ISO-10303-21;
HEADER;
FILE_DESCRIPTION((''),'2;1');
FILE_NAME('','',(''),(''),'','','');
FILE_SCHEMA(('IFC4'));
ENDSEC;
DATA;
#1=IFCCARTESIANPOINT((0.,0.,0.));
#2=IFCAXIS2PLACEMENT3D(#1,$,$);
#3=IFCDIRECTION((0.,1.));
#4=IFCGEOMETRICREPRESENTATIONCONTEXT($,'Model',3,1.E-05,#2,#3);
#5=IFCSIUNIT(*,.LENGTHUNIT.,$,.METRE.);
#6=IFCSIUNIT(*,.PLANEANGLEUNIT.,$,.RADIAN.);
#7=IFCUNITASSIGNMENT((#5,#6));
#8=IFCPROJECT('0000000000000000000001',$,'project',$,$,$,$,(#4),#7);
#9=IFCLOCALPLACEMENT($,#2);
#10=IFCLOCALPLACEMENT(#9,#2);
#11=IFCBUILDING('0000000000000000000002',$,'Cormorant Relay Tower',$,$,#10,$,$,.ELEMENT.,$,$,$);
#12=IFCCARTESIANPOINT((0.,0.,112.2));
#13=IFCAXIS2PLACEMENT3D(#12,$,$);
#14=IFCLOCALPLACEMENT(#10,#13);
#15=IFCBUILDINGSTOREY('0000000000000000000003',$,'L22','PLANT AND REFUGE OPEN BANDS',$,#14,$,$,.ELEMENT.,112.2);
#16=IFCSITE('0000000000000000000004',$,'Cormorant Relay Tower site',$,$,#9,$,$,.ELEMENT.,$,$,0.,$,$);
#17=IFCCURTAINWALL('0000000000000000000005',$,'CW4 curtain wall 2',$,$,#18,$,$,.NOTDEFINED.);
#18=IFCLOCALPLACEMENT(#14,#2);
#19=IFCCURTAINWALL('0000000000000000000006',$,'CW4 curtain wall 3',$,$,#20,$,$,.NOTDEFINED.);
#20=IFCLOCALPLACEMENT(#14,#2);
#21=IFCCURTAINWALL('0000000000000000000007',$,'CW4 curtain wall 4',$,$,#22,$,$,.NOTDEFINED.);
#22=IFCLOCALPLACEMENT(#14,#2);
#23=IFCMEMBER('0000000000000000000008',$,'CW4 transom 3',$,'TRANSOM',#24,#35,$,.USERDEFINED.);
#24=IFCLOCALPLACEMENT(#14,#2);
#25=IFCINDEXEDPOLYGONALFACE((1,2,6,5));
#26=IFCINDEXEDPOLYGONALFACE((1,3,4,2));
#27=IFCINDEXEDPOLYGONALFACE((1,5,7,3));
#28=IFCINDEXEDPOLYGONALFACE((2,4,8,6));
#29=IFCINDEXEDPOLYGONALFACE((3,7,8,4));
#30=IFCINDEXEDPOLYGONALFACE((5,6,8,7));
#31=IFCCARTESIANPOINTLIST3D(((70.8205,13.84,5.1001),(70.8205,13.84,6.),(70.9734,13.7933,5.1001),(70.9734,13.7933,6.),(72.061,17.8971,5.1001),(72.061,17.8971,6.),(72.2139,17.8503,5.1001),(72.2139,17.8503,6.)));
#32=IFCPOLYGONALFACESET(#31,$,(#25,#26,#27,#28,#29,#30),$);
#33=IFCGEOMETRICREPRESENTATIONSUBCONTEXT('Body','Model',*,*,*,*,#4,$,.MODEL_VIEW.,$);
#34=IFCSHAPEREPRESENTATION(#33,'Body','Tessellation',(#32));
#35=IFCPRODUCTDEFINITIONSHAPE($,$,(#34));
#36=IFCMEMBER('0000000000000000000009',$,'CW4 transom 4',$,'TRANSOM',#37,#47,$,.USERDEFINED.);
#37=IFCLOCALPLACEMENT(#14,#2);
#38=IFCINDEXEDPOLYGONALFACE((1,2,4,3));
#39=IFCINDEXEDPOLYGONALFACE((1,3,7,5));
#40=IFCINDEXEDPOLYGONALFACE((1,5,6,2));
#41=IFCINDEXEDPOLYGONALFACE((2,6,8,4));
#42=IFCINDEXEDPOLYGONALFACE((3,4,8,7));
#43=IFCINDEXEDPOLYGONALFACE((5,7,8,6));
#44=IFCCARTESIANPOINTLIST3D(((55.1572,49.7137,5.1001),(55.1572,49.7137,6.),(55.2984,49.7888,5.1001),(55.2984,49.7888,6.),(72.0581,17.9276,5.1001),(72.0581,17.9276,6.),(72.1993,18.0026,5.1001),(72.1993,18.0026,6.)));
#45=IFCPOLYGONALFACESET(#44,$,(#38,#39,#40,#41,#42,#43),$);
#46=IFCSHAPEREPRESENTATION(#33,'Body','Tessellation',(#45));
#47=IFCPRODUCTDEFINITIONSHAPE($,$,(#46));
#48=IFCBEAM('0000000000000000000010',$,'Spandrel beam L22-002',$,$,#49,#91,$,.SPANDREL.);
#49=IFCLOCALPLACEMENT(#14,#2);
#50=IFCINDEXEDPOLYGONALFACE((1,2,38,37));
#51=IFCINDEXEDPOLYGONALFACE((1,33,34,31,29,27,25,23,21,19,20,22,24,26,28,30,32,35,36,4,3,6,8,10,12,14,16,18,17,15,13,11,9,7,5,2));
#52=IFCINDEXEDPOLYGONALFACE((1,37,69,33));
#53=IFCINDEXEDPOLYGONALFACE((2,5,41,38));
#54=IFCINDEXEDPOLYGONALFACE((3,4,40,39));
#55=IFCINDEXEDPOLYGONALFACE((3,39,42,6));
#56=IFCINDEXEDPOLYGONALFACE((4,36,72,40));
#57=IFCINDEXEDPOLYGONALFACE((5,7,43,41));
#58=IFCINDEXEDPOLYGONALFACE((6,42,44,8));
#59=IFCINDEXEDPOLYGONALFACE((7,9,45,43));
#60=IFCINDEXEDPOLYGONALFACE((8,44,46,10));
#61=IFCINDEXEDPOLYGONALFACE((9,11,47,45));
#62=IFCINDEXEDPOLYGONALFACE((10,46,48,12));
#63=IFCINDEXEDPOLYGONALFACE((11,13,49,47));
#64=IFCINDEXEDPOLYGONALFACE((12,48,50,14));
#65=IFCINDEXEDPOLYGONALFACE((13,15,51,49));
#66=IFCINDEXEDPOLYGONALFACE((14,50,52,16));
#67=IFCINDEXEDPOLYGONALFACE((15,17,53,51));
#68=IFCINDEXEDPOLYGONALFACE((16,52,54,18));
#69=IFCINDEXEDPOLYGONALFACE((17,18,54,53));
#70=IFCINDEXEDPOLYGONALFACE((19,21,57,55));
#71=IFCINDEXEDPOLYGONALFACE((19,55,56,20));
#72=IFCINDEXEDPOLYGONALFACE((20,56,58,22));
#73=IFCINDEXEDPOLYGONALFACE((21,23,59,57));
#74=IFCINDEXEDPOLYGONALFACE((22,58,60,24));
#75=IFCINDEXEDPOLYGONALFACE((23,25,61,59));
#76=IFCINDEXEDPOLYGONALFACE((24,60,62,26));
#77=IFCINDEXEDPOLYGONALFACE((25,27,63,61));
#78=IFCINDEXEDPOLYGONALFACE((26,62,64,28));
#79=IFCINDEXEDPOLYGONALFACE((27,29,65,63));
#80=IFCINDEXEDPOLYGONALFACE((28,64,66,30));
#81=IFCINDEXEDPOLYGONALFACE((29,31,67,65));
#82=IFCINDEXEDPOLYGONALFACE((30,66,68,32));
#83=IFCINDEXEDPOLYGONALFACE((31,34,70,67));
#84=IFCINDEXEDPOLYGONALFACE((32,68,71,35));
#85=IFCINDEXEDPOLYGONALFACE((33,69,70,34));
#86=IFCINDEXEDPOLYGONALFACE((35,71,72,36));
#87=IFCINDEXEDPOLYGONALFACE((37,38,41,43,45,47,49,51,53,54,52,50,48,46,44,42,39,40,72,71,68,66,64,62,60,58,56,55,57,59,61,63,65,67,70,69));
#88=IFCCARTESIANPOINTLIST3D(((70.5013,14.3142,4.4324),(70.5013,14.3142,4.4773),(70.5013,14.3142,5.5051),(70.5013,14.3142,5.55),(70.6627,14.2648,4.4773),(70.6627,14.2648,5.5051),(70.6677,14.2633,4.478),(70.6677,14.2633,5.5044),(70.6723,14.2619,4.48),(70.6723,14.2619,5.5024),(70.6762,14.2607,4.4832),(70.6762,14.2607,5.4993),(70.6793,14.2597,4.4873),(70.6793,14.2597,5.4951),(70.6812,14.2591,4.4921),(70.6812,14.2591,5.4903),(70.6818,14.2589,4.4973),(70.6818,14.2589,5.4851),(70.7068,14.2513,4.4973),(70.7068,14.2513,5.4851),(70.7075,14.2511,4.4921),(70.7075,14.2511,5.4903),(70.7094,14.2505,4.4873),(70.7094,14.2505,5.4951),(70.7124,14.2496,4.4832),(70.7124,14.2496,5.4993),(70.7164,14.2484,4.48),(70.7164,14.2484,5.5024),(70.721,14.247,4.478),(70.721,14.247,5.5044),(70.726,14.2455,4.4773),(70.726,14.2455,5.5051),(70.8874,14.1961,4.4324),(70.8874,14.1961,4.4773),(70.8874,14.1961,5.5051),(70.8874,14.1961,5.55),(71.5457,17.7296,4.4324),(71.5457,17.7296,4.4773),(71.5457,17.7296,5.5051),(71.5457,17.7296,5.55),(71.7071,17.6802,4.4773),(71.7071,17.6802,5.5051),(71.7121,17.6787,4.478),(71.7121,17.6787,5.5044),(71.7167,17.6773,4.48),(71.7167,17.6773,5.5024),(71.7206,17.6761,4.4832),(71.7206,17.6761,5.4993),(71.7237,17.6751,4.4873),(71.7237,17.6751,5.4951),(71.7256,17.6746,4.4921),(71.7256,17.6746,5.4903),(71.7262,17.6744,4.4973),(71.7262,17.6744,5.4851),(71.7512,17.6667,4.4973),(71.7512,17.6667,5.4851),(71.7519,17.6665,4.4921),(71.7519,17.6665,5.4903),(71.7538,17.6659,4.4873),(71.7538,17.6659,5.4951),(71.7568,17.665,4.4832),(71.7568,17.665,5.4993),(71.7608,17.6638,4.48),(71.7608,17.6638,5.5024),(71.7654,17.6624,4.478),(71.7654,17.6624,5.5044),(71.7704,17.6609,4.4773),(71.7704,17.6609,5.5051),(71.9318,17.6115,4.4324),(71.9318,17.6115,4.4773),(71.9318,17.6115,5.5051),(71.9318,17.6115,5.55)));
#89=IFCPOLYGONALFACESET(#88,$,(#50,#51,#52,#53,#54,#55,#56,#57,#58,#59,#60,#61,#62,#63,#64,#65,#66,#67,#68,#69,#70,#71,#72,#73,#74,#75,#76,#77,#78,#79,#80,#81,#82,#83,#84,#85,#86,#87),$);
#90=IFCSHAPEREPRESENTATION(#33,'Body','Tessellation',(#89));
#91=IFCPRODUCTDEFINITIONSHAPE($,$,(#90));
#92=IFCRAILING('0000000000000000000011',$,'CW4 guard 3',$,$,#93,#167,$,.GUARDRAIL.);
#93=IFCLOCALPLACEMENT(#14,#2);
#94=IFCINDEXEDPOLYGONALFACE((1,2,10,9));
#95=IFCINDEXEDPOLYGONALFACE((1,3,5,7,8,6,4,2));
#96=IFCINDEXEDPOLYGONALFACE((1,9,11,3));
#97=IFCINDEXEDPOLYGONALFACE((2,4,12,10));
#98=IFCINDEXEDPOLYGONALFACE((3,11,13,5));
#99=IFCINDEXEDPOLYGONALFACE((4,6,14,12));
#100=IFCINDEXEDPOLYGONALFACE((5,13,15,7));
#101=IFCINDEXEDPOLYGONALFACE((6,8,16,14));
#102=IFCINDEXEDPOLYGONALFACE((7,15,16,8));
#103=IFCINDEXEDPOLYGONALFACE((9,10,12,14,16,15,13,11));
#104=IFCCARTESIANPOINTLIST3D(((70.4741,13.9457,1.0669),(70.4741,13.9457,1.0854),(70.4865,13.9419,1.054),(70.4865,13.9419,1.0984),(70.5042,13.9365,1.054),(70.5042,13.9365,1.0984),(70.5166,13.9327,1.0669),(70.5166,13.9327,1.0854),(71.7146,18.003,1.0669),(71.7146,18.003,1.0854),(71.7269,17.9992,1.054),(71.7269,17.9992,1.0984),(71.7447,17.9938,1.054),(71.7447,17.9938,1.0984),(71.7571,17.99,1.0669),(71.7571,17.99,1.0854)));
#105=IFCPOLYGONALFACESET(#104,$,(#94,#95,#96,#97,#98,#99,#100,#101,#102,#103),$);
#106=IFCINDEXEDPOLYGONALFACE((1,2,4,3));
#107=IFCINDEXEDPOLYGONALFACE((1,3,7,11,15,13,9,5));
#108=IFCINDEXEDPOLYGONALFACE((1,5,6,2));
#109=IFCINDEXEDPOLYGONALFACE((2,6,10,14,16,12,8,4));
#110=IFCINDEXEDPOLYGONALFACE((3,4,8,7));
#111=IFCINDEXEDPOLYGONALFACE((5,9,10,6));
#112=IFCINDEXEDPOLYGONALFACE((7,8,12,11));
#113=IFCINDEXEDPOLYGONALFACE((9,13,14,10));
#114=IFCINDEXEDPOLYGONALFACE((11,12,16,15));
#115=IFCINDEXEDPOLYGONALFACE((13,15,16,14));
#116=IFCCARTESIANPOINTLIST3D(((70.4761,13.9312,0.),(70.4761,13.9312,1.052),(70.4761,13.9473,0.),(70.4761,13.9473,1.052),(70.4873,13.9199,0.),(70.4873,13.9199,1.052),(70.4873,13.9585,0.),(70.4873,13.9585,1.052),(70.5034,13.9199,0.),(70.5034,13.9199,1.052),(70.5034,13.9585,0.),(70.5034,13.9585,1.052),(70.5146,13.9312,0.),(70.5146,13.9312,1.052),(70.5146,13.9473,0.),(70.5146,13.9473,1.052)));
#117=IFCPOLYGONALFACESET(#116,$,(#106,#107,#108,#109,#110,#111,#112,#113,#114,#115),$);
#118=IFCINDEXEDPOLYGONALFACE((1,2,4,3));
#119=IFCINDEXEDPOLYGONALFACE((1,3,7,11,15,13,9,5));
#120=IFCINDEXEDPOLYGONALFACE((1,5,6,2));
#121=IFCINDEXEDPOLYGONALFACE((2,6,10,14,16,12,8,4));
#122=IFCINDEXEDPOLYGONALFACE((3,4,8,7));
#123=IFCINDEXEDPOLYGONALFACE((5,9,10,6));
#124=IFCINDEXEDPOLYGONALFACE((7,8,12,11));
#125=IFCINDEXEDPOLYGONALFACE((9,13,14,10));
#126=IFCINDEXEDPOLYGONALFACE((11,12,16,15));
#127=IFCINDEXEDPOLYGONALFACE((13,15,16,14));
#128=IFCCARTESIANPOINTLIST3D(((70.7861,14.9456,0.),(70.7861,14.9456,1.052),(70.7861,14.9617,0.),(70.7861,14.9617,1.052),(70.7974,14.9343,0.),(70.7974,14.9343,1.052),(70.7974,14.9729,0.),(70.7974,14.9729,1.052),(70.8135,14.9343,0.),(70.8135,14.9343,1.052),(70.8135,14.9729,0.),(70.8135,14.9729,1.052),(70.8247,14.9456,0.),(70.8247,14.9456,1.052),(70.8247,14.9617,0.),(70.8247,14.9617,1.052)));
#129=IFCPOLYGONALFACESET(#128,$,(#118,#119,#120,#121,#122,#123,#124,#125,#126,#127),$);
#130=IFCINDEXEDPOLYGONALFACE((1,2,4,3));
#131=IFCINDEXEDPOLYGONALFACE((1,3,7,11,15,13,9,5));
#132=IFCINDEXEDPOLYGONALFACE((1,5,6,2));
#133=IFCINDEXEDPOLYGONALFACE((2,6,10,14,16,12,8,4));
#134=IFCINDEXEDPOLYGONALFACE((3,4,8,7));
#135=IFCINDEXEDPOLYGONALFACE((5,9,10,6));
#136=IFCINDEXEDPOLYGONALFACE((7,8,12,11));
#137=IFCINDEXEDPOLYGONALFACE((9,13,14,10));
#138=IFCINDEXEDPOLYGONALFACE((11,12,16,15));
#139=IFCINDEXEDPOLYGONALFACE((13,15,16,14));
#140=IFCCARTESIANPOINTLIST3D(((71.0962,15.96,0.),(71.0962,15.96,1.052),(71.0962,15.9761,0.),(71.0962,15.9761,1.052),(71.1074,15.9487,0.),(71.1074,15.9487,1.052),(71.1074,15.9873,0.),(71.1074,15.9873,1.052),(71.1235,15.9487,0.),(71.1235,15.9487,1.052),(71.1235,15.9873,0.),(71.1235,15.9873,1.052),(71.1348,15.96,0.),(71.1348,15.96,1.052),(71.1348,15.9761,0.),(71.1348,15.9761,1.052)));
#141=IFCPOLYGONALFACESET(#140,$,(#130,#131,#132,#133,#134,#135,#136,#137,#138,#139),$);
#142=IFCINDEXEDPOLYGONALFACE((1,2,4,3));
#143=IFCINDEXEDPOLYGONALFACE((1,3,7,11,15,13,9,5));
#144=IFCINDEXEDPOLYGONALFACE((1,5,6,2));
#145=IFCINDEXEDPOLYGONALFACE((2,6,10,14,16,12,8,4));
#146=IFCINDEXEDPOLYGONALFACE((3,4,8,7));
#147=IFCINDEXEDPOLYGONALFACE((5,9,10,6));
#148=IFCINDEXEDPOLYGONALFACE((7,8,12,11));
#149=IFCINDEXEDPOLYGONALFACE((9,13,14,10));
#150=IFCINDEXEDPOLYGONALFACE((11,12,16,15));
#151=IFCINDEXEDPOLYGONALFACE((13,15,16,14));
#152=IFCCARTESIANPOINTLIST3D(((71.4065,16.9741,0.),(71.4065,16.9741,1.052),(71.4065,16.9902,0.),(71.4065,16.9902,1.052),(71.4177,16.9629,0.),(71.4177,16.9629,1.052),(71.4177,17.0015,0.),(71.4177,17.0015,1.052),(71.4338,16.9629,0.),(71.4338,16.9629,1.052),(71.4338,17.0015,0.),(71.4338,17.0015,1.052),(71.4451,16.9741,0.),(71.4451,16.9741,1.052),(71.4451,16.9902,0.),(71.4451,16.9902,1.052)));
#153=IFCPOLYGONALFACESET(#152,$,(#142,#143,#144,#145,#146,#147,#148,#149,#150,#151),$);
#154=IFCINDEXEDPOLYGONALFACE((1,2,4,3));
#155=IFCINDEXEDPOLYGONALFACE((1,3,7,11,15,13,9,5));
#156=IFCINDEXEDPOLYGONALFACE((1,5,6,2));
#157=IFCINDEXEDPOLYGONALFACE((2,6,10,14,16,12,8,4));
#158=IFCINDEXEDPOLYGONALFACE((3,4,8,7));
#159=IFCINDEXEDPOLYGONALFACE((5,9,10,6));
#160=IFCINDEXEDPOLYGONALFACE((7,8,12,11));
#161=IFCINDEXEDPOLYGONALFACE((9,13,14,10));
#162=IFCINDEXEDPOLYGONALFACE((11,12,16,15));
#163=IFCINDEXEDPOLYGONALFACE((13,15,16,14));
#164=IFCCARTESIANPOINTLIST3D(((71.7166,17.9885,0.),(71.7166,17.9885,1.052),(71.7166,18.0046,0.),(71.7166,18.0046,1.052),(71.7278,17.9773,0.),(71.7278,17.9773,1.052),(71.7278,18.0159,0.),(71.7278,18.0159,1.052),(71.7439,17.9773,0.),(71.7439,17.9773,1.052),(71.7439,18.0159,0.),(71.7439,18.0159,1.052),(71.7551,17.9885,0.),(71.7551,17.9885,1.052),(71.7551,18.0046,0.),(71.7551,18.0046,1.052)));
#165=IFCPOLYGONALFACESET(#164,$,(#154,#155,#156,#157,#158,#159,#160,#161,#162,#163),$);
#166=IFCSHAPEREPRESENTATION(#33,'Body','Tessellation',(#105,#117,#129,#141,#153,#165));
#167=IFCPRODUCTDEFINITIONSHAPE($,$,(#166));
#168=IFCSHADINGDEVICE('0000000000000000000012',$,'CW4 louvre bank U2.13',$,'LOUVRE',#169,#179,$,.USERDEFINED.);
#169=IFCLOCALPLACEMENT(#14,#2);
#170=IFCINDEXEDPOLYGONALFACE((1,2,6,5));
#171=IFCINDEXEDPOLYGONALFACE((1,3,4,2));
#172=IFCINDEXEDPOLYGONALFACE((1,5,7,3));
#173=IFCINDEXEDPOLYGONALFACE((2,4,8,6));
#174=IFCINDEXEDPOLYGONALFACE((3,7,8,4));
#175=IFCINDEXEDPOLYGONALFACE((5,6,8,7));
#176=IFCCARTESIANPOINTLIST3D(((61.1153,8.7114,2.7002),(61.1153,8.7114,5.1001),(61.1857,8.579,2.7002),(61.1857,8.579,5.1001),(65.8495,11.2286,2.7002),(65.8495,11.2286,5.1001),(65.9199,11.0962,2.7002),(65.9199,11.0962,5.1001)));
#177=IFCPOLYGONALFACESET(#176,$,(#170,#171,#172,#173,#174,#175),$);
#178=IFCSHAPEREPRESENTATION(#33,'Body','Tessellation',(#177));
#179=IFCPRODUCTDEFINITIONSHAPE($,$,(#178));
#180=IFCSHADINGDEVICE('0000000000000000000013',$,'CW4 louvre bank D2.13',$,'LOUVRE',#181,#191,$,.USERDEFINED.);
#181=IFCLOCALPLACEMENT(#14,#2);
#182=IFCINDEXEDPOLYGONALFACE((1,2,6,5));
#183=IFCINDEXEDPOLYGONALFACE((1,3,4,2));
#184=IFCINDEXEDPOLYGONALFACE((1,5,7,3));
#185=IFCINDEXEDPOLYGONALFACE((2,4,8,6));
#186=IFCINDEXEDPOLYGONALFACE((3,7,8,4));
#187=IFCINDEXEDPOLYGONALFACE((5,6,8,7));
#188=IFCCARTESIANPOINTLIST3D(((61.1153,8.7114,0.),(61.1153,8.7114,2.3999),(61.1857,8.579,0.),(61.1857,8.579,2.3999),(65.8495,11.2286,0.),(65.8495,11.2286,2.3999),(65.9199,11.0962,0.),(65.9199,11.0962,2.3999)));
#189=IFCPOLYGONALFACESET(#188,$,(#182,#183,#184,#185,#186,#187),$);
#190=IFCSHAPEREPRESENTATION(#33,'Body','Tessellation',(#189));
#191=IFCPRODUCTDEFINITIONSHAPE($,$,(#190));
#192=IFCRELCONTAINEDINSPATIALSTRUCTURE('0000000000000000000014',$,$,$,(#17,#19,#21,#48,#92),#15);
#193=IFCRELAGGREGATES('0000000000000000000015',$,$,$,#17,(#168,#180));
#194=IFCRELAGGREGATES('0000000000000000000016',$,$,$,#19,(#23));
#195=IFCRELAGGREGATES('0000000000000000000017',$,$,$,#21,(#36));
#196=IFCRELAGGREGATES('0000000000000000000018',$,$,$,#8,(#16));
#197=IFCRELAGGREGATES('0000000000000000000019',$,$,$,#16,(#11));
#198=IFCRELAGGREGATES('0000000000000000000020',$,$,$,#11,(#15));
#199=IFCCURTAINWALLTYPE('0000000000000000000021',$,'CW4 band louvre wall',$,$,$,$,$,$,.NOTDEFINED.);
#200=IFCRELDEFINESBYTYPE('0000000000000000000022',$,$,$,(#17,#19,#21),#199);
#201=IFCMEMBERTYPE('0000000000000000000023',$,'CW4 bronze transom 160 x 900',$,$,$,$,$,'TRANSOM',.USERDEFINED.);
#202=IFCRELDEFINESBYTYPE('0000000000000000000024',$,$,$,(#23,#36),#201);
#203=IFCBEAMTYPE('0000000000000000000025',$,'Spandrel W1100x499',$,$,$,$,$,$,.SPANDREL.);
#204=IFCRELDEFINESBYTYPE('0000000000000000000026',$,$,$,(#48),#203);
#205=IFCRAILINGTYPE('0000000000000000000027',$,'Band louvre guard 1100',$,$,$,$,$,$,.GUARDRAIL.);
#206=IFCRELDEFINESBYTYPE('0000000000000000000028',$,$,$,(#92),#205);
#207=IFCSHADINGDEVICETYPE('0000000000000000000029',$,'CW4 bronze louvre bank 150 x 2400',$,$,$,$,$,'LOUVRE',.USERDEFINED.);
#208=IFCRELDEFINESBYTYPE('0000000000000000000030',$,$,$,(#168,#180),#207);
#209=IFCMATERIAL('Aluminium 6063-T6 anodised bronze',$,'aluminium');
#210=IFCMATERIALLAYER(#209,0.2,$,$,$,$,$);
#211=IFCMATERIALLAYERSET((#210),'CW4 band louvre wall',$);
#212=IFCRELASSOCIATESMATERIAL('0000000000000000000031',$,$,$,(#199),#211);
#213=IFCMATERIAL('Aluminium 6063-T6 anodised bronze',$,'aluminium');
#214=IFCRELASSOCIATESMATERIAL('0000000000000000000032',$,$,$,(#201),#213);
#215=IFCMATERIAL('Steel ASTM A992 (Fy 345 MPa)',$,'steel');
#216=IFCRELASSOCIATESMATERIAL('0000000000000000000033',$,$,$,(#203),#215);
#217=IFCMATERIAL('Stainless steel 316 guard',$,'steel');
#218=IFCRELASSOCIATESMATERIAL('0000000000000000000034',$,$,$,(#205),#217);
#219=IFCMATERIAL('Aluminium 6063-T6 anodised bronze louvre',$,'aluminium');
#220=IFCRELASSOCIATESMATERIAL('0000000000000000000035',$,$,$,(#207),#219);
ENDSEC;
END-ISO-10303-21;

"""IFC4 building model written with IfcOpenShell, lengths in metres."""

from ifc_helpers import new_model, si_unit, direction, frame, origin, origin_2d, place, context, subcontext, project, spatial, polyline, rectangle, i_section, outline, extrude, material, layer, layer_set, material_profile, profile_set, type_object, element, aggregate, save


model = new_model("IFC4")

# Units and contexts
model_context = context("Model", 3, precision=1e-05, world=origin(), true_north=direction((0.0, 1.0)))
body_context = subcontext(model_context, "Body", "Model", "MODEL_VIEW")
ifc_project = project(units=[si_unit("LENGTHUNIT", "METRE"), si_unit("PLANEANGLEUNIT", "RADIAN")], contexts=[model_context])

# Site, building, storey
site_placement = place(None, origin())
site = spatial("IfcSite", under=ifc_project, at=site_placement, Name="Cormorant Relay Tower site", CompositionType="ELEMENT", RefElevation=0.0)
building_placement = place(site_placement, origin())
building = spatial("IfcBuilding", under=site, at=building_placement, Name="Cormorant Relay Tower", CompositionType="ELEMENT")
storey_placement = place(building_placement, frame((0.0, 0.0, 112.2)))
storey = spatial("IfcBuildingStorey", under=building, at=storey_placement, Name="L22", Description="PLANT AND REFUGE OPEN BANDS", CompositionType="ELEMENT", Elevation=112.2)

# Curtain walls
ifc_material_1 = material(Name="Aluminium 6063-T6 anodised bronze", Category="aluminium")
ifc_layer = layer(ifc_material_1, 0.2)
ifc_layer_set = layer_set([ifc_layer], Name="CW4 band louvre wall")
curtain_wall_type = type_object("IfcCurtainWallType", Name="CW4 band louvre wall", PredefinedType="NOTDEFINED", material=ifc_layer_set)
curtain_wall_1_placement = place(storey_placement, origin())
curtain_wall_1 = element("IfcCurtainWall", 1, at=curtain_wall_1_placement, inside=storey, type_object=curtain_wall_type, Name="CW4 curtain wall 2", PredefinedType="NOTDEFINED")
curtain_wall_2_placement = place(storey_placement, origin())
curtain_wall_2 = element("IfcCurtainWall", 2, at=curtain_wall_2_placement, inside=storey, type_object=curtain_wall_type, Name="CW4 curtain wall 3", PredefinedType="NOTDEFINED")
curtain_wall_3_placement = place(storey_placement, origin())
curtain_wall_3 = element("IfcCurtainWall", 3, at=curtain_wall_3_placement, inside=storey, type_object=curtain_wall_type, Name="CW4 curtain wall 4", PredefinedType="NOTDEFINED")

# Members
ifc_material_2 = material(Name="Aluminium 6063-T6 anodised bronze", Category="aluminium")
ifc_material_profile_1 = material_profile(ifc_material_2, rectangle(XDim=0.1599, YDim=0.8999, at=origin_2d()), Name="AL 160x900")
ifc_profile_set_1 = profile_set([ifc_material_profile_1], Name="Aluminium 6063-T6 anodised bronze")
member_type_1 = type_object("IfcMemberType", Name="CW4 bronze transom 160 x 900", ElementType="TRANSOM", PredefinedType="USERDEFINED", material=ifc_profile_set_1)
member_1_placement = place(storey_placement, frame((70.897, 13.8167, 5.55), z_axis=(0.292391, 0.956299, 0.0), x_axis=(-0.956299, 0.292391, 0.0)))
member_1 = element("IfcMember", 4, at=member_1_placement, type_object=member_type_1, Name="CW4 transom 3", ObjectType="TRANSOM", PredefinedType="USERDEFINED", context=body_context, shape_type="SweptSolid", body=[
    extrude(rectangle(XDim=0.1599, YDim=0.8999, at=origin_2d()), origin(), (0.0, 0.0, 1.0), 4.2424),
])
member_2_placement = place(storey_placement, frame((72.1287, 17.9651, 5.55), z_axis=(-0.469469, 0.882949, 0.0), x_axis=(-0.882949, -0.469469, 0.0)))
member_2 = element("IfcMember", 5, at=member_2_placement, type_object=member_type_1, Name="CW4 transom 4", ObjectType="TRANSOM", PredefinedType="USERDEFINED", context=body_context, shape_type="SweptSolid", body=[
    extrude(rectangle(XDim=0.1599, YDim=0.8999, at=origin_2d()), origin(), (0.0, 0.0, 1.0), 36.0),
])

# Beam
ifc_material_3 = material(Name="Steel ASTM A992 (Fy 345 MPa)", Category="steel")
ifc_material_profile_2 = material_profile(ifc_material_3, i_section(OverallWidth=0.4038, OverallDepth=1.1177, WebThickness=0.0261, FlangeThickness=0.0449, FilletRadius=0.02, at=origin_2d()), Name="W1100x499")
ifc_profile_set_2 = profile_set([ifc_material_profile_2], Name="Steel ASTM A992 (Fy 345 MPa)")
beam_type = type_object("IfcBeamType", Name="Spandrel W1100x499", PredefinedType="SPANDREL", material=ifc_profile_set_2)
beam_placement = place(storey_placement, frame((70.6943, 14.2551, 4.9912), z_axis=(0.292423, 0.956289, 0.0), x_axis=(-0.956289, 0.292423, 0.0)))
element("IfcBeam", 6, at=beam_placement, inside=storey, type_object=beam_type, Name="Spandrel beam L22-002", PredefinedType="SPANDREL", context=body_context, shape_type="SweptSolid", body=[
    extrude(i_section(OverallWidth=0.4038, OverallDepth=1.1177, WebThickness=0.0261, FlangeThickness=0.0449, FilletRadius=0.02, at=origin_2d()), origin(), (0.0, 0.0, 1.0), 3.5715),
])

# Railing
ifc_material_4 = material(Name="Stainless steel 316 guard", Category="steel")
railing_type = type_object("IfcRailingType", Name="Band louvre guard 1100", PredefinedType="GUARDRAIL", material=ifc_material_4)
railing_1_placement = place(storey_placement, frame((70.4954, 13.9392, 0.0)))
element("IfcRailing", 7, at=railing_1_placement, inside=storey, type_object=railing_type, Name="CW4 guard 3", PredefinedType="GUARDRAIL", context=body_context, shape_type="SweptSolid", body=[
    extrude(outline(polyline([(0.0222, 0.0093), (0.0093, 0.0222), (-0.0093, 0.0222), (-0.0222, 0.0093), (-0.0222, -0.0093), (-0.0093, -0.0222), (0.0093, -0.0222), (0.0222, -0.0093), (0.0222, 0.0093)])), frame((0.0, 0.0, 1.0762), z_axis=(0.292375, 0.956304, 0.0), x_axis=(-0.956304, 0.292375, 0.0)), (0.0, 0.0, 1.0), 4.2427),
    extrude(outline(polyline([(0.0193, 0.0081), (0.0081, 0.0193), (-0.0081, 0.0193), (-0.0193, 0.0081), (-0.0193, -0.0081), (-0.0081, -0.0193), (0.0081, -0.0193), (0.0193, -0.0081), (0.0193, 0.0081)])), origin(), (0.0, 0.0, 1.0), 1.052),
    extrude(outline(polyline([(0.0193, 0.0081), (0.0081, 0.0193), (-0.0081, 0.0193), (-0.0193, 0.0081), (-0.0193, -0.0081), (-0.0081, -0.0193), (0.0081, -0.0193), (0.0193, -0.0081), (0.0193, 0.0081)])), frame((0.3101, 1.0144, 0.0)), (0.0, 0.0, 1.0), 1.052),
    extrude(outline(polyline([(0.0193, 0.0081), (0.0081, 0.0193), (-0.0081, 0.0193), (-0.0193, 0.0081), (-0.0193, -0.0081), (-0.0081, -0.0193), (0.0081, -0.0193), (0.0193, -0.0081), (0.0193, 0.0081)])), frame((0.6201, 2.0288, 0.0)), (0.0, 0.0, 1.0), 1.052),
    extrude(outline(polyline([(0.0193, 0.0081), (0.0081, 0.0193), (-0.0081, 0.0193), (-0.0193, 0.0081), (-0.0193, -0.0081), (-0.0081, -0.0193), (0.0081, -0.0193), (0.0193, -0.0081), (0.0193, 0.0081)])), frame((0.9304, 3.043, 0.0)), (0.0, 0.0, 1.0), 1.052),
    extrude(outline(polyline([(0.0193, 0.0081), (0.0081, 0.0193), (-0.0081, 0.0193), (-0.0193, 0.0081), (-0.0193, -0.0081), (-0.0081, -0.0193), (0.0081, -0.0193), (0.0193, -0.0081), (0.0193, 0.0081)])), frame((1.2405, 4.0574, 0.0)), (0.0, 0.0, 1.0), 1.052),
])

# Shading devices
ifc_material_5 = material(Name="Aluminium 6063-T6 anodised bronze louvre", Category="aluminium")
shading_device_type = type_object("IfcShadingDeviceType", Name="CW4 bronze louvre bank 150 x 2400", ElementType="LOUVRE", PredefinedType="USERDEFINED", material=ifc_material_5)
shading_device_1_placement = place(storey_placement, frame((63.5176, 9.9038, 2.7002), z_axis=(0.0, 0.0, 1.0), x_axis=(0.882948, 0.469472, 0.0)))
shading_device_1 = element("IfcShadingDevice", 8, at=shading_device_1_placement, type_object=shading_device_type, Name="CW4 louvre bank U2.13", ObjectType="LOUVRE", PredefinedType="USERDEFINED", context=body_context, shape_type="SweptSolid", body=[
    extrude(rectangle(XDim=5.3618, YDim=0.1499, at=origin_2d()), origin(), (0.0, 0.0, 1.0), 2.3999),
])
shading_device_2_placement = place(storey_placement, frame((63.5176, 9.9038, 0.0), z_axis=(0.0, 0.0, 1.0), x_axis=(0.882948, 0.469472, 0.0)))
shading_device_2 = element("IfcShadingDevice", 9, at=shading_device_2_placement, type_object=shading_device_type, Name="CW4 louvre bank D2.13", ObjectType="LOUVRE", PredefinedType="USERDEFINED", context=body_context, shape_type="SweptSolid", body=[
    extrude(rectangle(XDim=5.3618, YDim=0.1499, at=origin_2d()), origin(), (0.0, 0.0, 1.0), 2.3999),
])
aggregate(curtain_wall_1, [shading_device_1, shading_device_2])
aggregate(curtain_wall_2, [member_1])
aggregate(curtain_wall_3, [member_2])

save(model, "model.ifc")
